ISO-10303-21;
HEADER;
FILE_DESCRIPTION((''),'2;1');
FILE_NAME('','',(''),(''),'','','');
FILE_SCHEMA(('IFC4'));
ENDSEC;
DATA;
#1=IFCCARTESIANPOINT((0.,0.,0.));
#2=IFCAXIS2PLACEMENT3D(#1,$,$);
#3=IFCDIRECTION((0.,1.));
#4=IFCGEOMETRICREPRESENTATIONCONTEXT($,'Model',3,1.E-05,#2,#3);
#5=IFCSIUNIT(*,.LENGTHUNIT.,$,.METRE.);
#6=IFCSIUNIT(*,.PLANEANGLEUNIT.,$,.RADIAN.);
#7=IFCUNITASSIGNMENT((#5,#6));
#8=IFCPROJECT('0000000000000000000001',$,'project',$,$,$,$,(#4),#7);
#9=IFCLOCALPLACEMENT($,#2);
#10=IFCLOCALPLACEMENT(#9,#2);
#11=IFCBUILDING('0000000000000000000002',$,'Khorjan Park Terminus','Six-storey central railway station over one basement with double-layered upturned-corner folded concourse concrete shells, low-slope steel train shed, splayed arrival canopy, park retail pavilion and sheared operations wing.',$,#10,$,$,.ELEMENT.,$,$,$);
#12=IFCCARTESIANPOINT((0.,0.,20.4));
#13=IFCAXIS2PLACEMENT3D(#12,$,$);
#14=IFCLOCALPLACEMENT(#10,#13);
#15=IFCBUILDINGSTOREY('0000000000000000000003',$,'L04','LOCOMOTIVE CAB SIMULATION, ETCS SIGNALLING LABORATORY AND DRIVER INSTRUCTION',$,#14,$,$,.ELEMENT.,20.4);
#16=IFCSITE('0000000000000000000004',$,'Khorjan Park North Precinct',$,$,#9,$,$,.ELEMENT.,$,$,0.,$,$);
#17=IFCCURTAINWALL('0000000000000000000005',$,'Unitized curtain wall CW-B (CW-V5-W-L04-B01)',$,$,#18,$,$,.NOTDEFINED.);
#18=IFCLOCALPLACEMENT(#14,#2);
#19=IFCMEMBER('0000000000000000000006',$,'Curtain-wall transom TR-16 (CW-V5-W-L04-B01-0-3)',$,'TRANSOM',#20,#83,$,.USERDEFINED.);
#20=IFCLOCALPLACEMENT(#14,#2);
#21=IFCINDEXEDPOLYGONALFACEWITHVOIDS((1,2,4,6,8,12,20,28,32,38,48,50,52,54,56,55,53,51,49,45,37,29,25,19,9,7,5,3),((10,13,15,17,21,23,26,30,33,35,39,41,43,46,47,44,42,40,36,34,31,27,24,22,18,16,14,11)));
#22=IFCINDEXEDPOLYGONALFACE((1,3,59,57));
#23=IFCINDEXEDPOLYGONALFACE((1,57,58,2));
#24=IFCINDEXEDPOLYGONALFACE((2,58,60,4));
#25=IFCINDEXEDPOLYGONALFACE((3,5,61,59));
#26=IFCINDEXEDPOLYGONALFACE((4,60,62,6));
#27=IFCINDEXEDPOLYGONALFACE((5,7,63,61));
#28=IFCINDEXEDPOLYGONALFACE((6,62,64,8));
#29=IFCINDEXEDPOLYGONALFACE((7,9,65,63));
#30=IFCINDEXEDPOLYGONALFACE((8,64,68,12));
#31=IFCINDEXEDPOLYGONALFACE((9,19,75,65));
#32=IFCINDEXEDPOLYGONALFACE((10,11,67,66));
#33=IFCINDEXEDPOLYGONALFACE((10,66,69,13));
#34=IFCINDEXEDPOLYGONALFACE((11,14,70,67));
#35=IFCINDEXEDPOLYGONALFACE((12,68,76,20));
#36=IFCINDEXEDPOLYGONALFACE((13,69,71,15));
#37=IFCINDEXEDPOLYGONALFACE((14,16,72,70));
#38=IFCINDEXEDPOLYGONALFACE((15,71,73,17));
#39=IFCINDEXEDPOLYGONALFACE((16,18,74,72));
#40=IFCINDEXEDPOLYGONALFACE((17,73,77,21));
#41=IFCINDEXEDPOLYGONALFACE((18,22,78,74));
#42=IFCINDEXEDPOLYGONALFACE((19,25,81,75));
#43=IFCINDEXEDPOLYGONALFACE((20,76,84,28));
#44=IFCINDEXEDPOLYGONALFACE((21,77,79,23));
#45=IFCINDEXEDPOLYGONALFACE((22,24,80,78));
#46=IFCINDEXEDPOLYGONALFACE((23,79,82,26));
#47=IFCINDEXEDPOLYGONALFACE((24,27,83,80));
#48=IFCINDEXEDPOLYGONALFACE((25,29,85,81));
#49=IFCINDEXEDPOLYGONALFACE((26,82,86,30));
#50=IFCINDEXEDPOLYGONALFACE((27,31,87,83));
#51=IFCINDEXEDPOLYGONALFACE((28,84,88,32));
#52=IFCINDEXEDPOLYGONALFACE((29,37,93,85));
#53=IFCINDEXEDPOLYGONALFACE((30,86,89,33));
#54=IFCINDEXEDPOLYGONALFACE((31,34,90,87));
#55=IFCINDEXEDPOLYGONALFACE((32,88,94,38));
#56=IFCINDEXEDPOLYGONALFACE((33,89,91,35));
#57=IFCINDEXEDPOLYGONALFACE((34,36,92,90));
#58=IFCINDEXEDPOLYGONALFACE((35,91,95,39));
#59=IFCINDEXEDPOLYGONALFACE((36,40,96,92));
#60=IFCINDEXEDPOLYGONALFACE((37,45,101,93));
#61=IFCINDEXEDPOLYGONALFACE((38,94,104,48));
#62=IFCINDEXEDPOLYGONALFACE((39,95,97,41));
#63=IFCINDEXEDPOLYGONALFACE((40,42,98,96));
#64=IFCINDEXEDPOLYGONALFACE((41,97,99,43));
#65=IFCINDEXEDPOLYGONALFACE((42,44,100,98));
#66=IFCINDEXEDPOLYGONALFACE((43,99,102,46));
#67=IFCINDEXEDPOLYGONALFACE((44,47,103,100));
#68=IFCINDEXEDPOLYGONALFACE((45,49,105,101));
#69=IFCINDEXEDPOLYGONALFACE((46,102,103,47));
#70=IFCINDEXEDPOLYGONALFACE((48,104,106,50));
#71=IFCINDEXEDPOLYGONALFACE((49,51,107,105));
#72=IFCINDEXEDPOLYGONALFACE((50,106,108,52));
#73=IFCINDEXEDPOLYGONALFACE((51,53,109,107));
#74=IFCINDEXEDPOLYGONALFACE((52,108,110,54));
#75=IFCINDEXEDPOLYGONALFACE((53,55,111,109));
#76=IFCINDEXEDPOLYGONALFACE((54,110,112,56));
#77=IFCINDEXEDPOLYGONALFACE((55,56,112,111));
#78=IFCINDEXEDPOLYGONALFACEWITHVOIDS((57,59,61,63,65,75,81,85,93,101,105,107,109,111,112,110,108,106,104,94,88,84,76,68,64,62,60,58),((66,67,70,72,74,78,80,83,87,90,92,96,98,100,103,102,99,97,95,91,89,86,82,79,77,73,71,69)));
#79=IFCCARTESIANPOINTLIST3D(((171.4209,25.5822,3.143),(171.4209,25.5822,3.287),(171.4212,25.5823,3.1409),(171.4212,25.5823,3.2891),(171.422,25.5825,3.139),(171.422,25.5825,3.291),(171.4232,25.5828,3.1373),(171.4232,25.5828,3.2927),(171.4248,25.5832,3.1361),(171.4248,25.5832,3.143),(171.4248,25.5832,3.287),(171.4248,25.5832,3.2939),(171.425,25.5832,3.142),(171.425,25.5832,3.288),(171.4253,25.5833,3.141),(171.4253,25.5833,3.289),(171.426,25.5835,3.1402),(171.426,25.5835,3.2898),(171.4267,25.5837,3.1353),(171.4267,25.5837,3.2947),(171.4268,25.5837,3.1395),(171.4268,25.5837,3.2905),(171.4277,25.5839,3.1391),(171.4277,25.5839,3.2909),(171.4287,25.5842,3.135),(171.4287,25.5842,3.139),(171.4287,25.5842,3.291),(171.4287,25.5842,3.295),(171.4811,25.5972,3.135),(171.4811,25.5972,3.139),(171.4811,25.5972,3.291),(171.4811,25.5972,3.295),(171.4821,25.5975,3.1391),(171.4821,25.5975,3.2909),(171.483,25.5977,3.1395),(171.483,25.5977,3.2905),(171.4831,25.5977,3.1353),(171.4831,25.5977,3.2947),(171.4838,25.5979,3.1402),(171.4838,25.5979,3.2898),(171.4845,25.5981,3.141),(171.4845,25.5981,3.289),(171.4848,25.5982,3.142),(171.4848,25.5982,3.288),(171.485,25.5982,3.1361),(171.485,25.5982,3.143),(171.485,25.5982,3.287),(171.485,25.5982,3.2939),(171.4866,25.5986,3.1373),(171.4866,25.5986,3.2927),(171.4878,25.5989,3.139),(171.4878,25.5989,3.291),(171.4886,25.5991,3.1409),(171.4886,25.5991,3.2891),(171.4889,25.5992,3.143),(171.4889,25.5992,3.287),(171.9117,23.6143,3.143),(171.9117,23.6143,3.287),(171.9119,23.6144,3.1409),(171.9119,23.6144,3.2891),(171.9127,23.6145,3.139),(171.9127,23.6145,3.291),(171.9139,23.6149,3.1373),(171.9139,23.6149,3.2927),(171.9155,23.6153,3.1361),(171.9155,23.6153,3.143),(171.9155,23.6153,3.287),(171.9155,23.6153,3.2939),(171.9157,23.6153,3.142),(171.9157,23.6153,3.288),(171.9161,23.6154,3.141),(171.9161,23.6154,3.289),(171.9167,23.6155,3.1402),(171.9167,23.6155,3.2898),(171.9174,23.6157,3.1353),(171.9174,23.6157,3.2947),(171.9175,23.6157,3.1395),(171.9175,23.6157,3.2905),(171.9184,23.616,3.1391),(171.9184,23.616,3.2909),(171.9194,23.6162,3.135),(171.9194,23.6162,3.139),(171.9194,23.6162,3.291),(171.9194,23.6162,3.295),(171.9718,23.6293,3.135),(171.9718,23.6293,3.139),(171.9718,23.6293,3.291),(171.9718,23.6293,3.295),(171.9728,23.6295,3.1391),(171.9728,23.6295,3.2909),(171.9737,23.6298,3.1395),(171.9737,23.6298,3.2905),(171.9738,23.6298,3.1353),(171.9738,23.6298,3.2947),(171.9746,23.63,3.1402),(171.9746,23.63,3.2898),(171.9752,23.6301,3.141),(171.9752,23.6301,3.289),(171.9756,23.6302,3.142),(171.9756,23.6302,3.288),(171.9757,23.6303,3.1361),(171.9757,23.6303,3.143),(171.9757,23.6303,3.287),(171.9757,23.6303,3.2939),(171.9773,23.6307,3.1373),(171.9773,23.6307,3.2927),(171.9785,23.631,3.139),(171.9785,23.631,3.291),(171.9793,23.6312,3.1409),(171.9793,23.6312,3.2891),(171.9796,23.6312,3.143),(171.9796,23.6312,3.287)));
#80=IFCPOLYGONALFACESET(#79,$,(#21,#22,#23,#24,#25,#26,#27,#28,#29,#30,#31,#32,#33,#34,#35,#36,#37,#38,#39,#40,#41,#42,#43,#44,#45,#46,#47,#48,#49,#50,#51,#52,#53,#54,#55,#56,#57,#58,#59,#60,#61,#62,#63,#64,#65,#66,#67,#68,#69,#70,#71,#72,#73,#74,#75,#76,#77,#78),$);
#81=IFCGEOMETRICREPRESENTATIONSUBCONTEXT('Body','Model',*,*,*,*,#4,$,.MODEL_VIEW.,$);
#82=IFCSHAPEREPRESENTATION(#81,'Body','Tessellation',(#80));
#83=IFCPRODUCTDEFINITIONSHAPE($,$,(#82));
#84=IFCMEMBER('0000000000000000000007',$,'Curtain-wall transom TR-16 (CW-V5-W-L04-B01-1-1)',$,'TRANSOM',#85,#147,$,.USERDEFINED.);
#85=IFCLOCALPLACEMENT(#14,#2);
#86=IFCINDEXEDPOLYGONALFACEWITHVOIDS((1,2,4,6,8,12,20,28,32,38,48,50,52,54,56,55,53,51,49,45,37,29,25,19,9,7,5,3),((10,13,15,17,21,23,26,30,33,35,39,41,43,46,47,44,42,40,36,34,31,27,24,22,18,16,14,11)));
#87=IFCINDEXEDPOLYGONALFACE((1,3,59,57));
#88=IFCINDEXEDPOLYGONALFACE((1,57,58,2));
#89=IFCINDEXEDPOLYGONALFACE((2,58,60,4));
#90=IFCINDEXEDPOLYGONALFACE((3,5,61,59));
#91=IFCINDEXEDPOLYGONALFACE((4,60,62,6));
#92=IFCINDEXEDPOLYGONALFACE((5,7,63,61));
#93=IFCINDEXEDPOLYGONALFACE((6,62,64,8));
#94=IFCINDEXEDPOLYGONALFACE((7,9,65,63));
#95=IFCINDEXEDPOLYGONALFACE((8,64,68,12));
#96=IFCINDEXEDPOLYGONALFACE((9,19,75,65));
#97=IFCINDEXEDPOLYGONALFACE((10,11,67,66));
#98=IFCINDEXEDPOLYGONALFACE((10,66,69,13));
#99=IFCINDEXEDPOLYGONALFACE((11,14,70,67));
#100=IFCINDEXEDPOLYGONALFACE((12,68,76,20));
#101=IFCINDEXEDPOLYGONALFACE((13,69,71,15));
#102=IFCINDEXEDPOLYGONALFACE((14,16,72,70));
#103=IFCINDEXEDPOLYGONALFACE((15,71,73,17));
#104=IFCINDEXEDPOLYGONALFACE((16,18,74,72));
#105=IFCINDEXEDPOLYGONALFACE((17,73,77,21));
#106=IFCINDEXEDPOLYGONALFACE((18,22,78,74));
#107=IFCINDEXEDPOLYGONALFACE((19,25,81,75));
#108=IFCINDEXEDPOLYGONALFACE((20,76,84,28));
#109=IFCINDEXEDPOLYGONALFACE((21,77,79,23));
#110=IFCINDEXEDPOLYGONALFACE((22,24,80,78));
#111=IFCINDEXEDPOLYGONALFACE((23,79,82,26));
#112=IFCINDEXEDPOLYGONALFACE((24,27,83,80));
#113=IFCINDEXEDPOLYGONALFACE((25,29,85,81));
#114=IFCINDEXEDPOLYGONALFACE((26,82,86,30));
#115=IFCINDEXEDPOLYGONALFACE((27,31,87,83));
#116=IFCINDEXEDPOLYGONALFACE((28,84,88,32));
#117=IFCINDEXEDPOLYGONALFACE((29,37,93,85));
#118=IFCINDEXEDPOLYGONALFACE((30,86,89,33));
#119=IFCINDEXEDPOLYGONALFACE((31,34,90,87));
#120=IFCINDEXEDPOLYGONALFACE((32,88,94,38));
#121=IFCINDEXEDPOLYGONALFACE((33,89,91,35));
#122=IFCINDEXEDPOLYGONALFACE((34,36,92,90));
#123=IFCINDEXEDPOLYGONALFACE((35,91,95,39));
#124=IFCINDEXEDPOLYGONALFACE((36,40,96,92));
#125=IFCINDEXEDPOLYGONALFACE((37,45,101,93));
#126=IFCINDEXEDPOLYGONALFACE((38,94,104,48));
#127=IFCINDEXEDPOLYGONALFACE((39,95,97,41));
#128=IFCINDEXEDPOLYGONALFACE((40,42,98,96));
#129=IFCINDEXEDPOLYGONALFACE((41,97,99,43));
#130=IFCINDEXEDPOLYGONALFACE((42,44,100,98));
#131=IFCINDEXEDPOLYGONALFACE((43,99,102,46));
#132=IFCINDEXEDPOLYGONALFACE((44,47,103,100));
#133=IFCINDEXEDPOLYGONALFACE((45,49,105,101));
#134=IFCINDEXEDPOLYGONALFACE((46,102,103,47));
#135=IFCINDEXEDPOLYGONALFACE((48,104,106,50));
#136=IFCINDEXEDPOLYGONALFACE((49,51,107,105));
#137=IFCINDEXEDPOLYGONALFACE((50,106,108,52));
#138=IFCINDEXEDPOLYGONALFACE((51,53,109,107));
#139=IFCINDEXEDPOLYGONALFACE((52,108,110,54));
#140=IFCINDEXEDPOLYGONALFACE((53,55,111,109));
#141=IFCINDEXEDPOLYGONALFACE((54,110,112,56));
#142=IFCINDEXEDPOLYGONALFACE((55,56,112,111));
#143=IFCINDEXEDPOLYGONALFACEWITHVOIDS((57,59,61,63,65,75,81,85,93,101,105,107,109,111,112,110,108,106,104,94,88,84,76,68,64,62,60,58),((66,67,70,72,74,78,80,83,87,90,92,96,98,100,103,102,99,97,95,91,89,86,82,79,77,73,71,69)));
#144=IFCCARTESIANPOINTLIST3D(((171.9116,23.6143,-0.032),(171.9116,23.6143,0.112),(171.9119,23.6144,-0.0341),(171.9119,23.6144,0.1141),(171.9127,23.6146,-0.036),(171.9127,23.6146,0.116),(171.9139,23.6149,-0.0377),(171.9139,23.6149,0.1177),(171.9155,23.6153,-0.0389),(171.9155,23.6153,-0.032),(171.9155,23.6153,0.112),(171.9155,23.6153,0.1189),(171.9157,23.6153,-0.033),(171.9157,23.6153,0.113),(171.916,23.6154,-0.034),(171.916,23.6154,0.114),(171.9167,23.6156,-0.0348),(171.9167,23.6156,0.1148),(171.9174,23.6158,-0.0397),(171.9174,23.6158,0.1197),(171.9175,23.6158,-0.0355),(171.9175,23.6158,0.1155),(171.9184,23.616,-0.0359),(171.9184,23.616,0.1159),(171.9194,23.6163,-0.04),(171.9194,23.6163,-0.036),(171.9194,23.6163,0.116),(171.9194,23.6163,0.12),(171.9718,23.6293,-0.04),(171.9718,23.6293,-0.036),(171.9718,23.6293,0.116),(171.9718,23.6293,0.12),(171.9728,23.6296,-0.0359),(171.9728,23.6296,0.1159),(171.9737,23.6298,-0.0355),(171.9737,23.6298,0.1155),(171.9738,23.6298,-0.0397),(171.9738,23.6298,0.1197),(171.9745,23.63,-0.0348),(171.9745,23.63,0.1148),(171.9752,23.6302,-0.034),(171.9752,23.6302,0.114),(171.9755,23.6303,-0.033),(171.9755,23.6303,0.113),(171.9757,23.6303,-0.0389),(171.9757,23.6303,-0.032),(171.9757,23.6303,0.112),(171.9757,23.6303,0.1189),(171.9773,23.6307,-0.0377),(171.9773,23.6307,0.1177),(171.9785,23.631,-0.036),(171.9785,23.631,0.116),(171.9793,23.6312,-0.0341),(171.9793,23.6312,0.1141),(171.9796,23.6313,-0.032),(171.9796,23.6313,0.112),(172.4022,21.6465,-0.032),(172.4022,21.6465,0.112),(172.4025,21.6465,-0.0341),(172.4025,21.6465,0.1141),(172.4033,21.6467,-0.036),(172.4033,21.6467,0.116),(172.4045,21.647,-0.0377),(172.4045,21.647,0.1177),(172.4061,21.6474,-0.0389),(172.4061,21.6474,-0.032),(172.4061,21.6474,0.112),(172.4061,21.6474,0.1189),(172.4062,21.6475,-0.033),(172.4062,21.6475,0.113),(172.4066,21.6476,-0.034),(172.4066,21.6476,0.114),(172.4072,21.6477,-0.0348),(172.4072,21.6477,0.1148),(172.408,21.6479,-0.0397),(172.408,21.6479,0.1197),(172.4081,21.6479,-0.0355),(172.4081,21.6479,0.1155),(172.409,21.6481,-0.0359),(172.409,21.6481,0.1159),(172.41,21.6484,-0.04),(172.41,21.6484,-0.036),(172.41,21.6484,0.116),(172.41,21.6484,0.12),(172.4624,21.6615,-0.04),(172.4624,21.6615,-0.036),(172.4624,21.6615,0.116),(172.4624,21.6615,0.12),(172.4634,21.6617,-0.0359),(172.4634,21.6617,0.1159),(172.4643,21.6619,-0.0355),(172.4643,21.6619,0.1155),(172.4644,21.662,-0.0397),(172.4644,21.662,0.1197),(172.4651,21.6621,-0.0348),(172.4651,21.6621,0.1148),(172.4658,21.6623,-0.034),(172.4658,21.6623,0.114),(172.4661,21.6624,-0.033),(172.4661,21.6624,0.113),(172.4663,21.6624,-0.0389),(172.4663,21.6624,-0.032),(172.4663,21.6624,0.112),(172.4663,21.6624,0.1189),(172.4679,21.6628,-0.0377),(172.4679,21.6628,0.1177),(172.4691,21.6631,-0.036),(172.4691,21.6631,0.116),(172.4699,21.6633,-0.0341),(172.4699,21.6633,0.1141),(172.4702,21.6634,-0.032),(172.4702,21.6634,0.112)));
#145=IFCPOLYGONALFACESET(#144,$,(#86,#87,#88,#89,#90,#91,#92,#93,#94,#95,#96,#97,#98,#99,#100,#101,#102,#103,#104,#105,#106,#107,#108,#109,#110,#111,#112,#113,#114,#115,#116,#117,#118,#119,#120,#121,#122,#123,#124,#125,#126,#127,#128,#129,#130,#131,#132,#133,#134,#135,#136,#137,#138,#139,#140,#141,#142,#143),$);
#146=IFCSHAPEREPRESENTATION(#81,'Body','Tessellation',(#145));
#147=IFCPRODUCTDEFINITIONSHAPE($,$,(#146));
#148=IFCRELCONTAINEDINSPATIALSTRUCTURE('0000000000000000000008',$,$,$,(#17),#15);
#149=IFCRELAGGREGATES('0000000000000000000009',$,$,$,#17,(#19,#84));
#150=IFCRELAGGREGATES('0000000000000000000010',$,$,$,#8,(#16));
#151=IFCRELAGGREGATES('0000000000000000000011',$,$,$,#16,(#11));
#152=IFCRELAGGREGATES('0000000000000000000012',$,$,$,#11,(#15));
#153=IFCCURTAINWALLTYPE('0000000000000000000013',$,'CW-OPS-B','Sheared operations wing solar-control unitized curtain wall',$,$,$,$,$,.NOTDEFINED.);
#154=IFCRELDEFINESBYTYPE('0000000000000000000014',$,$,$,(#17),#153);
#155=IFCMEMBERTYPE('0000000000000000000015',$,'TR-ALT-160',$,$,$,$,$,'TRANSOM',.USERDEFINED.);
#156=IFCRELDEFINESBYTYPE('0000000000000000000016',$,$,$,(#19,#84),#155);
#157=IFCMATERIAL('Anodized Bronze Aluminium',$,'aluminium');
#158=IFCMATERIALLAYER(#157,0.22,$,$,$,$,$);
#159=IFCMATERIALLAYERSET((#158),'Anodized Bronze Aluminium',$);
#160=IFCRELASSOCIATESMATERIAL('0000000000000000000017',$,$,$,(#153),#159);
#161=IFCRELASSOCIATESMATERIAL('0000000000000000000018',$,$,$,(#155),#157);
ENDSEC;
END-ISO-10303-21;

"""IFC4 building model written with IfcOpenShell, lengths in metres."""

from ifc_helpers import new_model, si_unit, direction, frame, origin, origin_2d, place, context, subcontext, project, spatial, hollow_rectangle, extrude, material, layer, layer_set, material_profile, profile_set, type_object, element, aggregate, save


model = new_model("IFC4")

# Units and contexts
model_context = context("Model", 3, precision=1e-05, world=origin(), true_north=direction((0.0, 1.0)))
body_context = subcontext(model_context, "Body", "Model", "MODEL_VIEW")
ifc_project = project(units=[si_unit("LENGTHUNIT", "METRE"), si_unit("PLANEANGLEUNIT", "RADIAN")], contexts=[model_context])

# Site, building, storey
site_placement = place(None, origin())
site = spatial("IfcSite", under=ifc_project, at=site_placement, Name="Khorjan Park North Precinct", CompositionType="ELEMENT", RefElevation=0.0)
building_placement = place(site_placement, origin())
building = spatial("IfcBuilding", under=site, at=building_placement, Name="Khorjan Park Terminus", Description="Six-storey central railway station over one basement with double-layered upturned-corner folded concourse concrete shells, low-slope steel train shed, splayed arrival canopy, park retail pavilion and sheared operations wing.", CompositionType="ELEMENT")
storey_placement = place(building_placement, frame((0.0, 0.0, 20.4)))
storey = spatial("IfcBuildingStorey", under=building, at=storey_placement, Name="L04", Description="LOCOMOTIVE CAB SIMULATION, ETCS SIGNALLING LABORATORY AND DRIVER INSTRUCTION", CompositionType="ELEMENT", Elevation=20.4)

# Shared definitions
ifc_material_1 = material(Name="Anodized Bronze Aluminium", Category="aluminium")
ifc_layer_1 = layer(ifc_material_1, 0.22)
ifc_layer_set_1 = layer_set([ifc_layer_1], Name="Anodized Bronze Aluminium")
curtain_wall_type = type_object("IfcCurtainWallType", Name="CW-OPS-B", Description="Sheared operations wing solar-control unitized curtain wall", PredefinedType="NOTDEFINED", material=ifc_layer_set_1)

# Curtain wall, members
curtain_wall_1_placement = place(storey_placement, origin())
curtain_wall_1 = element("IfcCurtainWall", 1, at=curtain_wall_1_placement, inside=storey, type_object=curtain_wall_type, Name="Unitized curtain wall CW-B (CW-V5-W-L04-B01)", PredefinedType="NOTDEFINED")
ifc_material_profile_1 = material_profile(ifc_material_1, hollow_rectangle(XDim=0.07, YDim=0.16, WallThickness=0.004, InnerFilletRadius=0.004, OuterFilletRadius=0.008, at=origin_2d()), Name="ALT 70x160x4")
ifc_profile_set_1 = profile_set([ifc_material_profile_1], Name="Anodized Bronze Aluminium")
member_type_1 = type_object("IfcMemberType", Name="TR-ALT-160", ElementType="TRANSOM", PredefinedType="USERDEFINED", material=ifc_profile_set_1)
member_1_placement = place(storey_placement, frame((171.4549, 25.5907, 3.215), z_axis=(0.241944, -0.97029, 0.0), x_axis=(0.97029, 0.241944, 0.0)))
member_1 = element("IfcMember", 2, at=member_1_placement, type_object=member_type_1, Name="Curtain-wall transom TR-16 (CW-V5-W-L04-B01-0-3)", ObjectType="TRANSOM", PredefinedType="USERDEFINED", context=body_context, shape_type="SweptSolid", body=[
    extrude(hollow_rectangle(XDim=0.07, YDim=0.16, WallThickness=0.004, InnerFilletRadius=0.004, OuterFilletRadius=0.008, at=origin_2d()), origin(), (0.0, 0.0, 1.0), 2.0282),
])
member_2_placement = place(storey_placement, frame((171.9456, 23.6228, 0.04), z_axis=(0.241897, -0.970302, 0.0), x_axis=(0.970302, 0.241897, 0.0)))
member_2 = element("IfcMember", 3, at=member_2_placement, type_object=member_type_1, Name="Curtain-wall transom TR-16 (CW-V5-W-L04-B01-1-1)", ObjectType="TRANSOM", PredefinedType="USERDEFINED", context=body_context, shape_type="SweptSolid", body=[
    extrude(hollow_rectangle(XDim=0.07, YDim=0.16, WallThickness=0.004, InnerFilletRadius=0.004, OuterFilletRadius=0.008, at=origin_2d()), origin(), (0.0, 0.0, 1.0), 2.0281),
])

aggregate(curtain_wall_1, [member_1, member_2])

save(model, "model.ifc")
